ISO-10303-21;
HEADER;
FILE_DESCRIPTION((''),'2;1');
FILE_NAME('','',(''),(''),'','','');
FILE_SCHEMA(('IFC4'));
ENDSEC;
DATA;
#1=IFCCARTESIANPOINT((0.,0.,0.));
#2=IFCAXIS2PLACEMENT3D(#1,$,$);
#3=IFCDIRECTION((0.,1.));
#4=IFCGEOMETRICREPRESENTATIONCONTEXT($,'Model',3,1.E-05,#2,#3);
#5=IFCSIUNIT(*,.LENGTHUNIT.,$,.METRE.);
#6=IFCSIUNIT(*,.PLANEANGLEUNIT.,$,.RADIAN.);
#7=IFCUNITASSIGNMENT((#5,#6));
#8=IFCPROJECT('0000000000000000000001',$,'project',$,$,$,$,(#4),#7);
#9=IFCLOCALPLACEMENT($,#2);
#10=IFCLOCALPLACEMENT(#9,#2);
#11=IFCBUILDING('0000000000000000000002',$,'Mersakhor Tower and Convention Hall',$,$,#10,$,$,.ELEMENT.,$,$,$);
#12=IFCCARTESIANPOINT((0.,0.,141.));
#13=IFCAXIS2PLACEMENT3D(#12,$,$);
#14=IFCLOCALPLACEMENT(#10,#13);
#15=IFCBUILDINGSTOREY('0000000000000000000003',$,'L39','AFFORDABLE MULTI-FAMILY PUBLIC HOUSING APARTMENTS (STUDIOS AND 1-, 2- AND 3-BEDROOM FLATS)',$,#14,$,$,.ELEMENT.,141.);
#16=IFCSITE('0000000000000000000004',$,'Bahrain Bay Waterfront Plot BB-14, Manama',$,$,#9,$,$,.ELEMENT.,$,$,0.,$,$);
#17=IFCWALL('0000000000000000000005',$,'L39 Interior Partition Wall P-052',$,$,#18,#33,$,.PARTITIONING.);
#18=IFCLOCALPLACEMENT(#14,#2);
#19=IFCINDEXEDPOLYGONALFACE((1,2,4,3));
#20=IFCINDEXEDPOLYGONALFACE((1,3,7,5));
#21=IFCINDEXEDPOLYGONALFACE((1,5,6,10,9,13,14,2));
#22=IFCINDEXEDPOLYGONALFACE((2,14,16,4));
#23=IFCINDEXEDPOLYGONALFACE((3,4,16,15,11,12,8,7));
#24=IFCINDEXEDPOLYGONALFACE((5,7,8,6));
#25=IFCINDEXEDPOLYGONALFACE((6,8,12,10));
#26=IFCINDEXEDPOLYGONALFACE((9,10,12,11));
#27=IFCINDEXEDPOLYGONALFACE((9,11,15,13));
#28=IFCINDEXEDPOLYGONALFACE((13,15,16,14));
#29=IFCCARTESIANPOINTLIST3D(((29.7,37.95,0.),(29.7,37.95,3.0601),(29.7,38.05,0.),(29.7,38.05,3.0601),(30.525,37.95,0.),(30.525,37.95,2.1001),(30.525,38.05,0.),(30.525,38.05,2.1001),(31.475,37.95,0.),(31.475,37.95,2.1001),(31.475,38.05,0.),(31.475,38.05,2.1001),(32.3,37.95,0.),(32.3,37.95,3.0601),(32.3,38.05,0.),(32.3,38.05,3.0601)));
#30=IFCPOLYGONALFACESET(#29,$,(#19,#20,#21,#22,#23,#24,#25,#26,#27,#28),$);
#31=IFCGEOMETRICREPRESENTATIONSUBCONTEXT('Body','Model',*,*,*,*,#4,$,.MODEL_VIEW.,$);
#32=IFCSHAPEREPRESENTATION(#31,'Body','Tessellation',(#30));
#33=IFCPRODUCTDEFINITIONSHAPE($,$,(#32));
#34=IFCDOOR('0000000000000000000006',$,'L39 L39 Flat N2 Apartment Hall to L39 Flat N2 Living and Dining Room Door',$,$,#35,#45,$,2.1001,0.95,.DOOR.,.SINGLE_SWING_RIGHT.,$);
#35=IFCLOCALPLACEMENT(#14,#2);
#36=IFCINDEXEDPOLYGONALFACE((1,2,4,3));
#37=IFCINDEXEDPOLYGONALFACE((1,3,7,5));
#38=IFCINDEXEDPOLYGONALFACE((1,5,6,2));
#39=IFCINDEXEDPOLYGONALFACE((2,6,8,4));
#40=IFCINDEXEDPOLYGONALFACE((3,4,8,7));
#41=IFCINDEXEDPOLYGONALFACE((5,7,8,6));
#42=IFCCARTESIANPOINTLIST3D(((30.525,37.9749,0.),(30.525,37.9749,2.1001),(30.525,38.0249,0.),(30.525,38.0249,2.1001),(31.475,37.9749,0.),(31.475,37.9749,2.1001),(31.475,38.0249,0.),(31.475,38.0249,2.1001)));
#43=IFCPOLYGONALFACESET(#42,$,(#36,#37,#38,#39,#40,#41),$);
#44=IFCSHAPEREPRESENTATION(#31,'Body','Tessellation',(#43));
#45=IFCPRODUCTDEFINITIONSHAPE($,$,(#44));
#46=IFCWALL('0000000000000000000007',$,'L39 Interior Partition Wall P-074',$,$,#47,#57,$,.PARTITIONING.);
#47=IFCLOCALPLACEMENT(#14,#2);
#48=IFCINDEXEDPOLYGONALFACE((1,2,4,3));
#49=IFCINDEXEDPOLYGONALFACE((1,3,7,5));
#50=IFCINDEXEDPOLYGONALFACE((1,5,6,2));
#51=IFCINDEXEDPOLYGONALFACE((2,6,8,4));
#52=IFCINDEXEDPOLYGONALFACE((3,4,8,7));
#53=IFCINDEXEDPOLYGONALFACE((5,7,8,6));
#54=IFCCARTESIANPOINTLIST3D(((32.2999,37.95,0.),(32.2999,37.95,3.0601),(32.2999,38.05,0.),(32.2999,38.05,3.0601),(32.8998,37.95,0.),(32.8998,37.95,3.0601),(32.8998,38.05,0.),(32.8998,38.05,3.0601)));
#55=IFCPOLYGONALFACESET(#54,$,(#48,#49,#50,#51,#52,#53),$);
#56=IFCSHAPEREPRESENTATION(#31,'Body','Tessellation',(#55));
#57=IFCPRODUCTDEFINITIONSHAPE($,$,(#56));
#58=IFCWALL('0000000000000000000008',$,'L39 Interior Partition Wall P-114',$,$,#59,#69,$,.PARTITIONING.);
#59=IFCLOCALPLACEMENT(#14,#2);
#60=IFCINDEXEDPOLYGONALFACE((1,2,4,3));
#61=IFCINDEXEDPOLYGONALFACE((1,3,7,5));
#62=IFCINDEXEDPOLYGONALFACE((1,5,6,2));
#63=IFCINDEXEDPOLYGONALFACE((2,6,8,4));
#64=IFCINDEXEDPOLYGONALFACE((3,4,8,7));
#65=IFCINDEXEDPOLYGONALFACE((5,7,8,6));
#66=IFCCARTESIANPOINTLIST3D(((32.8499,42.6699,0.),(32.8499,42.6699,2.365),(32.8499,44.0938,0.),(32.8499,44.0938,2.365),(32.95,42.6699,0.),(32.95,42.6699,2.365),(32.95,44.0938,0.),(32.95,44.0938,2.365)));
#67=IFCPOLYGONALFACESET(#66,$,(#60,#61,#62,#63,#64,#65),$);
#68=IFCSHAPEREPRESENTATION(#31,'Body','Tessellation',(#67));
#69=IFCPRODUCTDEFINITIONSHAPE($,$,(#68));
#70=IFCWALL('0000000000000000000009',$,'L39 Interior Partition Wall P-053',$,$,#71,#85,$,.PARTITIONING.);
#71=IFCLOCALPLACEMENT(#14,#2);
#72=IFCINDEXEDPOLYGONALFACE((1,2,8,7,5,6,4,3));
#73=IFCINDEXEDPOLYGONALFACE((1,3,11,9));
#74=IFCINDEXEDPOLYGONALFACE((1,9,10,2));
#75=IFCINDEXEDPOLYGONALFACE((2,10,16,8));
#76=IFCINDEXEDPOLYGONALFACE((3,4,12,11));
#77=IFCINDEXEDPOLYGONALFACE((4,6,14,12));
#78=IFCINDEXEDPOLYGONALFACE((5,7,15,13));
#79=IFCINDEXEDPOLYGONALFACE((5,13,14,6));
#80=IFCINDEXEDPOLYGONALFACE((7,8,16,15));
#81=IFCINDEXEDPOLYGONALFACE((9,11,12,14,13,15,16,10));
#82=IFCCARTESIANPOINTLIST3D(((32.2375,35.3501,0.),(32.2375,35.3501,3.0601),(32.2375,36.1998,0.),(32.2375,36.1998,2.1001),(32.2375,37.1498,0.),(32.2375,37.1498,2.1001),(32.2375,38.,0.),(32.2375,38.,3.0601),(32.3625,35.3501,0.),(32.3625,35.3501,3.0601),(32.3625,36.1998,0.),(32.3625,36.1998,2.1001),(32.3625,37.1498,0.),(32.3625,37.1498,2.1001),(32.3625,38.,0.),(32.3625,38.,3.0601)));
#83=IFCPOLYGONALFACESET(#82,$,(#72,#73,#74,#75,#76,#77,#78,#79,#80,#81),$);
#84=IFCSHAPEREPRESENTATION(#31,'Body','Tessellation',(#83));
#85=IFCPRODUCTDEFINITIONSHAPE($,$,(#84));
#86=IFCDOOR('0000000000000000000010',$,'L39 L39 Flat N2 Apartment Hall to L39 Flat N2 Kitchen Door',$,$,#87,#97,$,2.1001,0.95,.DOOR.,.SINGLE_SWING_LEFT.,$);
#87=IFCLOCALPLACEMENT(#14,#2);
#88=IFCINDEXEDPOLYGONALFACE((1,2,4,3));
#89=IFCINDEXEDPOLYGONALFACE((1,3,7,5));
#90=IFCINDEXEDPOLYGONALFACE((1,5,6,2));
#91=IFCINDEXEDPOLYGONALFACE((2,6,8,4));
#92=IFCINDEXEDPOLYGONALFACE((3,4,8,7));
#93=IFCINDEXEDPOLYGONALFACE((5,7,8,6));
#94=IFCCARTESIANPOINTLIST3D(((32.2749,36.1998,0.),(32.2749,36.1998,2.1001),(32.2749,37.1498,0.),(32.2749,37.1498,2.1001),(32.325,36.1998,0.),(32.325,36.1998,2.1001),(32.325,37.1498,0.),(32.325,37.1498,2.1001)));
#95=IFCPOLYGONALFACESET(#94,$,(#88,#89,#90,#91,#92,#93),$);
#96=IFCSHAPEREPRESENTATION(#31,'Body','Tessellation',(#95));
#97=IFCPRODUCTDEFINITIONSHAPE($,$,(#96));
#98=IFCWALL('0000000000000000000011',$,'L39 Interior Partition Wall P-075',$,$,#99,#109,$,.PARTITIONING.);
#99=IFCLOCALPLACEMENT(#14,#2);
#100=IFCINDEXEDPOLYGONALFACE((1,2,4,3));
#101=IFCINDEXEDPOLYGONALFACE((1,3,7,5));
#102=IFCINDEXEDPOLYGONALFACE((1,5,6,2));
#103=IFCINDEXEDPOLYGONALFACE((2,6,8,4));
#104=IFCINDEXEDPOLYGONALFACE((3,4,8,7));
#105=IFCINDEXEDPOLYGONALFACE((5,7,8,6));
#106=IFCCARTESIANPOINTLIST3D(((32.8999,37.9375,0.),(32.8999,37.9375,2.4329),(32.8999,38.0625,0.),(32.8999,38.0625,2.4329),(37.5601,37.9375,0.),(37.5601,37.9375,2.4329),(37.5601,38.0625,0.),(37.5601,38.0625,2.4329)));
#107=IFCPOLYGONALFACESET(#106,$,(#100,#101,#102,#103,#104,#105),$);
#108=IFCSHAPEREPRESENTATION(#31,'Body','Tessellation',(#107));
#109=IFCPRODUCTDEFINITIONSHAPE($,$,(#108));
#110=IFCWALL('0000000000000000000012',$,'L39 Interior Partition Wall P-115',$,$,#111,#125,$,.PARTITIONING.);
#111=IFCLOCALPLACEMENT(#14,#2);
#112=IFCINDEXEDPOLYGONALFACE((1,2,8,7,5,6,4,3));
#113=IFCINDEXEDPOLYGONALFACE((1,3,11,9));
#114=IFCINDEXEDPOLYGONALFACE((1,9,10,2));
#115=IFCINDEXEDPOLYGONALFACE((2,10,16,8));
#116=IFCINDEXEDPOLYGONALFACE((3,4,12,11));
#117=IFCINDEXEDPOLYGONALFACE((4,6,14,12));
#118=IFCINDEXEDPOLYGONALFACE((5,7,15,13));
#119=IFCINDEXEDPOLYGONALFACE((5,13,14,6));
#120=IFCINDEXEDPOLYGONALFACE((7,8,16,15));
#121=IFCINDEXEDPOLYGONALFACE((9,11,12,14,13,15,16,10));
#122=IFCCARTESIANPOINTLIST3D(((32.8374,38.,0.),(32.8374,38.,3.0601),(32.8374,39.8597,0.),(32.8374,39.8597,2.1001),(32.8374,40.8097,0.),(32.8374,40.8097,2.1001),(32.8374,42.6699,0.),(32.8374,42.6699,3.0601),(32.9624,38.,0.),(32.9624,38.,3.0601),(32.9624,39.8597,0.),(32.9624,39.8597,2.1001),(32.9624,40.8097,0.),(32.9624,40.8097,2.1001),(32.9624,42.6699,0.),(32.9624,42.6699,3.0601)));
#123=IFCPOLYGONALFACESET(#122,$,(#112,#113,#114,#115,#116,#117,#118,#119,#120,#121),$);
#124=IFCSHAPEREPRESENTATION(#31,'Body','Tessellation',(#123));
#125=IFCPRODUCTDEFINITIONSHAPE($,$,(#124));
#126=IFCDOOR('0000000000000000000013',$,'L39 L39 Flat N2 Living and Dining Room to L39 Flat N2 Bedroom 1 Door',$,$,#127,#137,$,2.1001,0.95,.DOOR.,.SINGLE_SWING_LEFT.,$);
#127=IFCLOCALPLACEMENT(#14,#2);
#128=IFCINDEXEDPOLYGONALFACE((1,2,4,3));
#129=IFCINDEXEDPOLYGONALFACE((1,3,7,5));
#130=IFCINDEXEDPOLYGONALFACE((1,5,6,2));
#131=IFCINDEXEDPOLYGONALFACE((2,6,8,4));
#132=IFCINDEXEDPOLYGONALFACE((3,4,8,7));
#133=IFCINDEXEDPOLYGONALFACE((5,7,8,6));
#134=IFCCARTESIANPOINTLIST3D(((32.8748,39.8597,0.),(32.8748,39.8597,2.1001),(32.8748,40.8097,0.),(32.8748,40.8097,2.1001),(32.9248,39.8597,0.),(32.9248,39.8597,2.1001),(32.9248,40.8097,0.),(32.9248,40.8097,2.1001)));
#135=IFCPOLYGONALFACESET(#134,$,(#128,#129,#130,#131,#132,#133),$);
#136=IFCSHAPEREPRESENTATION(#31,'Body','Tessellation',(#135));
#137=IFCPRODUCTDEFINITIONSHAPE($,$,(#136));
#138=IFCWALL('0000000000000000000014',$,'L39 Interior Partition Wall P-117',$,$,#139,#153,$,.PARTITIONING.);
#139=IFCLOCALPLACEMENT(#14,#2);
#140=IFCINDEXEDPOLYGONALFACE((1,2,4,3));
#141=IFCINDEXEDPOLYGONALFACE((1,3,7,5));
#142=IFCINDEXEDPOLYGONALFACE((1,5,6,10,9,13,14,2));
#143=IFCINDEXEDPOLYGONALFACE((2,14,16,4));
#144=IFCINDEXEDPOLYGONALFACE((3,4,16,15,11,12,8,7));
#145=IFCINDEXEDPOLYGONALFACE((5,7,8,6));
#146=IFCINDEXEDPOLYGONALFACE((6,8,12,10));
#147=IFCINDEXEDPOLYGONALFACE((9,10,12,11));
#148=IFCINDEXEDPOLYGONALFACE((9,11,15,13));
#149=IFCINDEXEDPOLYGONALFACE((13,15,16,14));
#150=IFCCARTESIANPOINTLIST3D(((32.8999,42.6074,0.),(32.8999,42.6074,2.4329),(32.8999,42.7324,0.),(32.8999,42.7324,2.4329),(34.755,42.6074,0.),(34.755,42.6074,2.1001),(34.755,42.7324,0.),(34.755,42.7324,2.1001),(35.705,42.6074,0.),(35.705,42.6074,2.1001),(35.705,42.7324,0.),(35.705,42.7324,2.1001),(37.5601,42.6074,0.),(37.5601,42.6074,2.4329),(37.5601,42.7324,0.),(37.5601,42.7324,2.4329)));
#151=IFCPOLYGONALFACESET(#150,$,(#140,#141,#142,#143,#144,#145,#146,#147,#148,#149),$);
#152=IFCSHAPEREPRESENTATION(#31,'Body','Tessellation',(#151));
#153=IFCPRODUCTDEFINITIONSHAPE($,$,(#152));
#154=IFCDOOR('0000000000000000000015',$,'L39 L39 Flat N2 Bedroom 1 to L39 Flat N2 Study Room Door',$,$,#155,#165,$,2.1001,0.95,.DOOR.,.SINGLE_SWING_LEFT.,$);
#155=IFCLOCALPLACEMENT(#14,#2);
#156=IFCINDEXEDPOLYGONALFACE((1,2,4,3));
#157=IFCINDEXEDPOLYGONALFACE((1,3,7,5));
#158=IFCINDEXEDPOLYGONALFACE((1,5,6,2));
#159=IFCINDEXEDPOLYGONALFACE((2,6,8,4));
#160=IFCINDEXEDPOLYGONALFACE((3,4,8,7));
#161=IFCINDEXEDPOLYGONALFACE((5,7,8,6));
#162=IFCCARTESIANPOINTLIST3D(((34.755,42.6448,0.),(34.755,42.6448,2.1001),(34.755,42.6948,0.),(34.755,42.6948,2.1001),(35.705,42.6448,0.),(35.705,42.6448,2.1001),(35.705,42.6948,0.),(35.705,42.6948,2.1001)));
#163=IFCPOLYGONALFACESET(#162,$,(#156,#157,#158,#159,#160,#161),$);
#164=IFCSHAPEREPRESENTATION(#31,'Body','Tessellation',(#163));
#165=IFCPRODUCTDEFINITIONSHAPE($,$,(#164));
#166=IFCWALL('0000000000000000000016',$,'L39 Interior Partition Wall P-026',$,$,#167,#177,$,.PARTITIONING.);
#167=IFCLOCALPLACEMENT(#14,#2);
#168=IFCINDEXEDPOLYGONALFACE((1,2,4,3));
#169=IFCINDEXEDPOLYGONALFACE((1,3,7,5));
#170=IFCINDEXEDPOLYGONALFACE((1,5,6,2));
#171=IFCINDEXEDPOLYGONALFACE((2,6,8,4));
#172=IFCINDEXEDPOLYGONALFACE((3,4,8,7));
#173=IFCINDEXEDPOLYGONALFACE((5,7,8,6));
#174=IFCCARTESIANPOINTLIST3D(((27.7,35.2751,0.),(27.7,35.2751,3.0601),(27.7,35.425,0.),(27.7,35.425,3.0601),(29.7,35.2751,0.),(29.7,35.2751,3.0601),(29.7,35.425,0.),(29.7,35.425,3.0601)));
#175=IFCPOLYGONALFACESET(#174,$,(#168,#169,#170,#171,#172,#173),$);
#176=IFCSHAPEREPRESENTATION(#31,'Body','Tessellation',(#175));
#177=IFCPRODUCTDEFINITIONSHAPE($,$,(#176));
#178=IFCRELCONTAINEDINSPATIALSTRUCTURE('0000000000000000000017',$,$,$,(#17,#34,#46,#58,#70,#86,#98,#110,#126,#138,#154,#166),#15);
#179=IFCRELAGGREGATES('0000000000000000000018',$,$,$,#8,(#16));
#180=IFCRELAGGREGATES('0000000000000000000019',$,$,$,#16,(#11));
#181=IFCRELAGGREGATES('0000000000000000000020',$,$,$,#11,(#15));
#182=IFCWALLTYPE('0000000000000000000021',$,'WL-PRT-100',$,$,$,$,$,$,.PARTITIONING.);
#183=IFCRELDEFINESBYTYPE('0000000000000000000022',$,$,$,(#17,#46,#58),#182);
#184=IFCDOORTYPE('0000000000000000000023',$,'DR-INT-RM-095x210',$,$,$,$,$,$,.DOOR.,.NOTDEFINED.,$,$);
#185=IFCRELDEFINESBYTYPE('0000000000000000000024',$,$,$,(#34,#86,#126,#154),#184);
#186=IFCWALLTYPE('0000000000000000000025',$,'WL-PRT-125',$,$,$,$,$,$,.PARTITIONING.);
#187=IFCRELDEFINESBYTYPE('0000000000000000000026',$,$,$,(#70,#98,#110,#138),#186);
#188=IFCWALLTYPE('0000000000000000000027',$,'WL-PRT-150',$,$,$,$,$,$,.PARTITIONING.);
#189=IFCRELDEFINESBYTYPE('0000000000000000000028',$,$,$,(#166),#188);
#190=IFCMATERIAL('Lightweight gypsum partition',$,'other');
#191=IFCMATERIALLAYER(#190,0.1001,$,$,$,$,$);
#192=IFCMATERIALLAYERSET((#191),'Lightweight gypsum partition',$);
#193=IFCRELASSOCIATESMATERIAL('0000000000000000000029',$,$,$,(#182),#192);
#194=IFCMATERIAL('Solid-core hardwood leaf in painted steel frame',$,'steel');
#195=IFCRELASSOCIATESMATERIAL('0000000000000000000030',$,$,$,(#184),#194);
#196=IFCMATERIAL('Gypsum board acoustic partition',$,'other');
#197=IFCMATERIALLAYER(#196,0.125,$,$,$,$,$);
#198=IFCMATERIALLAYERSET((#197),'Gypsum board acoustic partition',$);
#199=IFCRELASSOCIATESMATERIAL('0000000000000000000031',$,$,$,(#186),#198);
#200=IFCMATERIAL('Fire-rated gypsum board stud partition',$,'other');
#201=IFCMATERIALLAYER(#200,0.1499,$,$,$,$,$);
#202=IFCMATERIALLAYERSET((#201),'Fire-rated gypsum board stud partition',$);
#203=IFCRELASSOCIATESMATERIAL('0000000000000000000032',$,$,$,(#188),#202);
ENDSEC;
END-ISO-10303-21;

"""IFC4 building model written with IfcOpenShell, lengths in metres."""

from ifc_helpers import new_model, si_unit, direction, frame, frame_2d, origin, place, context, subcontext, project, spatial, rectangle, extrude, material, layer, layer_set, type_object, element, fill, save


model = new_model("IFC4")

# Units and contexts
model_context = context("Model", 3, precision=1e-05, world=origin(), true_north=direction((0.0, 1.0)))
body_context = subcontext(model_context, "Body", "Model", "MODEL_VIEW")
ifc_project = project(units=[si_unit("LENGTHUNIT", "METRE"), si_unit("PLANEANGLEUNIT", "RADIAN")], contexts=[model_context])

# Site, building, storey
site_placement = place(None, origin())
site = spatial("IfcSite", under=ifc_project, at=site_placement, Name="Bahrain Bay Waterfront Plot BB-14, Manama", CompositionType="ELEMENT", RefElevation=0.0)
building_placement = place(site_placement, origin())
building = spatial("IfcBuilding", under=site, at=building_placement, Name="Mersakhor Tower and Convention Hall", CompositionType="ELEMENT")
storey_placement = place(building_placement, frame((0.0, 0.0, 141.0)))
storey = spatial("IfcBuildingStorey", under=building, at=storey_placement, Name="L39", Description="AFFORDABLE MULTI-FAMILY PUBLIC HOUSING APARTMENTS (STUDIOS AND 1-, 2- AND 3-BEDROOM FLATS)", CompositionType="ELEMENT", Elevation=141.0)

# Wall, opening, door
ifc_material_1 = material(Name="Lightweight gypsum partition", Category="other")
ifc_layer_1 = layer(ifc_material_1, 0.1001)
ifc_layer_set_1 = layer_set([ifc_layer_1], Name="Lightweight gypsum partition")
wall_type_1 = type_object("IfcWallType", Name="WL-PRT-100", PredefinedType="PARTITIONING", material=ifc_layer_set_1)
wall_1_placement = place(storey_placement, frame((29.7, 38.0, 0.0), z_axis=(0.0, 0.0, 1.0), x_axis=(1.0, 0.0, 0.0)))
wall_1 = element("IfcWall", 1, at=wall_1_placement, inside=storey, type_object=wall_type_1, Name="L39 Interior Partition Wall P-052", PredefinedType="PARTITIONING", context=body_context, shape_type="SweptSolid", body=[
    extrude(rectangle(XDim=2.6001, YDim=0.1001, at=frame_2d((1.3, 0.0))), origin(), (0.0, 0.0, 1.0), 3.0601),
])
opening_1_placement = place(wall_1_placement, frame((0.825, 0.0, 0.0)))
opening_1 = element("IfcOpeningElement", 2, at=opening_1_placement, cuts=wall_1, PredefinedType="OPENING", context=body_context, shape_type="SweptSolid", body=[
    extrude(rectangle(XDim=0.95, YDim=2.1001, at=frame_2d((0.4751, 1.05))), frame((0.0, 0.0601, 0.0), z_axis=(0.0, -1.0, 0.0), x_axis=(1.0, 0.0, 0.0)), (0.0, 0.0, 1.0), 0.1201),
])
ifc_material_2 = material(Name="Solid-core hardwood leaf in painted steel frame", Category="steel")
door_type_1 = type_object("IfcDoorType", Name="DR-INT-RM-095x210", OperationType="NOTDEFINED", PredefinedType="DOOR", material=ifc_material_2)
door_1_placement = place(opening_1_placement, origin())
door_1 = element("IfcDoor", 3, at=door_1_placement, inside=storey, type_object=door_type_1, Name="L39 L39 Flat N2 Apartment Hall to L39 Flat N2 Living and Dining Room Door", OperationType="SINGLE_SWING_RIGHT", OverallHeight=2.1001, OverallWidth=0.95, PredefinedType="DOOR", context=body_context, shape_type="SweptSolid", body=[
    extrude(rectangle(XDim=0.95, YDim=2.1001, at=frame_2d((0.4751, 1.05))), frame((0.0, 0.0249, 0.0), z_axis=(0.0, -1.0, 0.0), x_axis=(1.0, 0.0, 0.0)), (0.0, 0.0, 1.0), 0.05),
])
fill(opening_1, door_1)

# Walls
wall_2_placement = place(storey_placement, frame((32.3, 38.0, 0.0), z_axis=(0.0, 0.0, 1.0), x_axis=(1.0, 0.0, 0.0)))
element("IfcWall", 4, at=wall_2_placement, inside=storey, type_object=wall_type_1, Name="L39 Interior Partition Wall P-074", PredefinedType="PARTITIONING", context=body_context, shape_type="SweptSolid", body=[
    extrude(rectangle(XDim=0.5999, YDim=0.1001, at=frame_2d((0.2998, 0.0))), origin(), (0.0, 0.0, 1.0), 3.0601),
])
wall_3_placement = place(storey_placement, frame((32.8999, 44.0938, 0.0), z_axis=(0.0, 0.0, 1.0), x_axis=(0.0, -1.0, 0.0)))
element("IfcWall", 5, at=wall_3_placement, inside=storey, type_object=wall_type_1, Name="L39 Interior Partition Wall P-114", PredefinedType="PARTITIONING", context=body_context, shape_type="SweptSolid", body=[
    extrude(rectangle(XDim=1.4238, YDim=0.1001, at=frame_2d((0.7119, 0.0))), origin(), (0.0, 0.0, 1.0), 2.365),
])

# Wall, opening, door
ifc_material_3 = material(Name="Gypsum board acoustic partition", Category="other")
ifc_layer_2 = layer(ifc_material_3, 0.125)
ifc_layer_set_2 = layer_set([ifc_layer_2], Name="Gypsum board acoustic partition")
wall_type_2 = type_object("IfcWallType", Name="WL-PRT-125", PredefinedType="PARTITIONING", material=ifc_layer_set_2)
wall_4_placement = place(storey_placement, frame((32.3, 38.0, 0.0), z_axis=(0.0, 0.0, 1.0), x_axis=(0.0, -1.0, 0.0)))
wall_4 = element("IfcWall", 6, at=wall_4_placement, inside=storey, type_object=wall_type_2, Name="L39 Interior Partition Wall P-053", PredefinedType="PARTITIONING", context=body_context, shape_type="SweptSolid", body=[
    extrude(rectangle(XDim=2.6499, YDim=0.125, at=frame_2d((1.325, 0.0))), origin(), (0.0, 0.0, 1.0), 3.0601),
])
opening_2_placement = place(wall_4_placement, frame((0.8501, 0.0, 0.0)))
opening_2 = element("IfcOpeningElement", 7, at=opening_2_placement, cuts=wall_4, PredefinedType="OPENING", context=body_context, shape_type="SweptSolid", body=[
    extrude(rectangle(XDim=0.95, YDim=2.1001, at=frame_2d((0.4751, 1.05))), frame((0.0, 0.0725, 0.0), z_axis=(0.0, -1.0, 0.0), x_axis=(1.0, 0.0, 0.0)), (0.0, 0.0, 1.0), 0.145),
])
door_2_placement = place(opening_2_placement, origin())
door_2 = element("IfcDoor", 8, at=door_2_placement, inside=storey, type_object=door_type_1, Name="L39 L39 Flat N2 Apartment Hall to L39 Flat N2 Kitchen Door", OperationType="SINGLE_SWING_LEFT", OverallHeight=2.1001, OverallWidth=0.95, PredefinedType="DOOR", context=body_context, shape_type="SweptSolid", body=[
    extrude(rectangle(XDim=0.95, YDim=2.1001, at=frame_2d((0.4751, 1.05))), frame((0.0, 0.0249, 0.0), z_axis=(0.0, -1.0, 0.0), x_axis=(1.0, 0.0, 0.0)), (0.0, 0.0, 1.0), 0.05),
])
fill(opening_2, door_2)

# Wall
wall_5_placement = place(storey_placement, frame((32.8999, 38.0, 0.0), z_axis=(0.0, 0.0, 1.0), x_axis=(1.0, 0.0, 0.0)))
element("IfcWall", 9, at=wall_5_placement, inside=storey, type_object=wall_type_2, Name="L39 Interior Partition Wall P-075", PredefinedType="PARTITIONING", context=body_context, shape_type="SweptSolid", body=[
    extrude(rectangle(XDim=4.6602, YDim=0.125, at=frame_2d((2.3301, 0.0))), origin(), (0.0, 0.0, 1.0), 2.4329),
])

# Walls, openings, doors
wall_6_placement = place(storey_placement, frame((32.8999, 42.6699, 0.0), z_axis=(0.0, 0.0, 1.0), x_axis=(0.0, -1.0, 0.0)))
wall_6 = element("IfcWall", 10, at=wall_6_placement, inside=storey, type_object=wall_type_2, Name="L39 Interior Partition Wall P-115", PredefinedType="PARTITIONING", context=body_context, shape_type="SweptSolid", body=[
    extrude(rectangle(XDim=4.6699, YDim=0.125, at=frame_2d((2.335, 0.0))), origin(), (0.0, 0.0, 1.0), 3.0601),
])
opening_3_placement = place(wall_6_placement, frame((1.8601, 0.0, 0.0)))
opening_3 = element("IfcOpeningElement", 11, at=opening_3_placement, cuts=wall_6, PredefinedType="OPENING", context=body_context, shape_type="SweptSolid", body=[
    extrude(rectangle(XDim=0.95, YDim=2.1001, at=frame_2d((0.4751, 1.05))), frame((0.0, 0.0725, 0.0), z_axis=(0.0, -1.0, 0.0), x_axis=(1.0, 0.0, 0.0)), (0.0, 0.0, 1.0), 0.145),
])
door_3_placement = place(opening_3_placement, origin())
door_3 = element("IfcDoor", 12, at=door_3_placement, inside=storey, type_object=door_type_1, Name="L39 L39 Flat N2 Living and Dining Room to L39 Flat N2 Bedroom 1 Door", OperationType="SINGLE_SWING_LEFT", OverallHeight=2.1001, OverallWidth=0.95, PredefinedType="DOOR", context=body_context, shape_type="SweptSolid", body=[
    extrude(rectangle(XDim=0.95, YDim=2.1001, at=frame_2d((0.4751, 1.05))), frame((0.0, 0.0249, 0.0), z_axis=(0.0, -1.0, 0.0), x_axis=(1.0, 0.0, 0.0)), (0.0, 0.0, 1.0), 0.05),
])
fill(opening_3, door_3)
wall_7_placement = place(storey_placement, frame((32.8999, 42.6699, 0.0), z_axis=(0.0, 0.0, 1.0), x_axis=(1.0, 0.0, 0.0)))
wall_7 = element("IfcWall", 13, at=wall_7_placement, inside=storey, type_object=wall_type_2, Name="L39 Interior Partition Wall P-117", PredefinedType="PARTITIONING", context=body_context, shape_type="SweptSolid", body=[
    extrude(rectangle(XDim=4.6602, YDim=0.125, at=frame_2d((2.3301, 0.0))), origin(), (0.0, 0.0, 1.0), 2.4329),
])
opening_4_placement = place(wall_7_placement, frame((1.855, 0.0, 0.0)))
opening_4 = element("IfcOpeningElement", 14, at=opening_4_placement, cuts=wall_7, PredefinedType="OPENING", context=body_context, shape_type="SweptSolid", body=[
    extrude(rectangle(XDim=0.95, YDim=2.1001, at=frame_2d((0.4751, 1.05))), frame((0.0, 0.0725, 0.0), z_axis=(0.0, -1.0, 0.0), x_axis=(1.0, 0.0, 0.0)), (0.0, 0.0, 1.0), 0.145),
])
door_4_placement = place(opening_4_placement, origin())
door_4 = element("IfcDoor", 15, at=door_4_placement, inside=storey, type_object=door_type_1, Name="L39 L39 Flat N2 Bedroom 1 to L39 Flat N2 Study Room Door", OperationType="SINGLE_SWING_LEFT", OverallHeight=2.1001, OverallWidth=0.95, PredefinedType="DOOR", context=body_context, shape_type="SweptSolid", body=[
    extrude(rectangle(XDim=0.95, YDim=2.1001, at=frame_2d((0.4751, 1.05))), frame((0.0, 0.0249, 0.0), z_axis=(0.0, -1.0, 0.0), x_axis=(1.0, 0.0, 0.0)), (0.0, 0.0, 1.0), 0.05),
])
fill(opening_4, door_4)

# Wall
ifc_material_4 = material(Name="Fire-rated gypsum board stud partition", Category="other")
ifc_layer_3 = layer(ifc_material_4, 0.1499)
ifc_layer_set_3 = layer_set([ifc_layer_3], Name="Fire-rated gypsum board stud partition")
wall_type_3 = type_object("IfcWallType", Name="WL-PRT-150", PredefinedType="PARTITIONING", material=ifc_layer_set_3)
wall_8_placement = place(storey_placement, frame((27.7, 35.3501, 0.0), z_axis=(0.0, 0.0, 1.0), x_axis=(1.0, 0.0, 0.0)))
element("IfcWall", 16, at=wall_8_placement, inside=storey, type_object=wall_type_3, Name="L39 Interior Partition Wall P-026", PredefinedType="PARTITIONING", context=body_context, shape_type="SweptSolid", body=[
    extrude(rectangle(XDim=2.0, YDim=0.1499, at=frame_2d((1.0, 0.0))), origin(), (0.0, 0.0, 1.0), 3.0601),
])

save(model, "model.ifc")
